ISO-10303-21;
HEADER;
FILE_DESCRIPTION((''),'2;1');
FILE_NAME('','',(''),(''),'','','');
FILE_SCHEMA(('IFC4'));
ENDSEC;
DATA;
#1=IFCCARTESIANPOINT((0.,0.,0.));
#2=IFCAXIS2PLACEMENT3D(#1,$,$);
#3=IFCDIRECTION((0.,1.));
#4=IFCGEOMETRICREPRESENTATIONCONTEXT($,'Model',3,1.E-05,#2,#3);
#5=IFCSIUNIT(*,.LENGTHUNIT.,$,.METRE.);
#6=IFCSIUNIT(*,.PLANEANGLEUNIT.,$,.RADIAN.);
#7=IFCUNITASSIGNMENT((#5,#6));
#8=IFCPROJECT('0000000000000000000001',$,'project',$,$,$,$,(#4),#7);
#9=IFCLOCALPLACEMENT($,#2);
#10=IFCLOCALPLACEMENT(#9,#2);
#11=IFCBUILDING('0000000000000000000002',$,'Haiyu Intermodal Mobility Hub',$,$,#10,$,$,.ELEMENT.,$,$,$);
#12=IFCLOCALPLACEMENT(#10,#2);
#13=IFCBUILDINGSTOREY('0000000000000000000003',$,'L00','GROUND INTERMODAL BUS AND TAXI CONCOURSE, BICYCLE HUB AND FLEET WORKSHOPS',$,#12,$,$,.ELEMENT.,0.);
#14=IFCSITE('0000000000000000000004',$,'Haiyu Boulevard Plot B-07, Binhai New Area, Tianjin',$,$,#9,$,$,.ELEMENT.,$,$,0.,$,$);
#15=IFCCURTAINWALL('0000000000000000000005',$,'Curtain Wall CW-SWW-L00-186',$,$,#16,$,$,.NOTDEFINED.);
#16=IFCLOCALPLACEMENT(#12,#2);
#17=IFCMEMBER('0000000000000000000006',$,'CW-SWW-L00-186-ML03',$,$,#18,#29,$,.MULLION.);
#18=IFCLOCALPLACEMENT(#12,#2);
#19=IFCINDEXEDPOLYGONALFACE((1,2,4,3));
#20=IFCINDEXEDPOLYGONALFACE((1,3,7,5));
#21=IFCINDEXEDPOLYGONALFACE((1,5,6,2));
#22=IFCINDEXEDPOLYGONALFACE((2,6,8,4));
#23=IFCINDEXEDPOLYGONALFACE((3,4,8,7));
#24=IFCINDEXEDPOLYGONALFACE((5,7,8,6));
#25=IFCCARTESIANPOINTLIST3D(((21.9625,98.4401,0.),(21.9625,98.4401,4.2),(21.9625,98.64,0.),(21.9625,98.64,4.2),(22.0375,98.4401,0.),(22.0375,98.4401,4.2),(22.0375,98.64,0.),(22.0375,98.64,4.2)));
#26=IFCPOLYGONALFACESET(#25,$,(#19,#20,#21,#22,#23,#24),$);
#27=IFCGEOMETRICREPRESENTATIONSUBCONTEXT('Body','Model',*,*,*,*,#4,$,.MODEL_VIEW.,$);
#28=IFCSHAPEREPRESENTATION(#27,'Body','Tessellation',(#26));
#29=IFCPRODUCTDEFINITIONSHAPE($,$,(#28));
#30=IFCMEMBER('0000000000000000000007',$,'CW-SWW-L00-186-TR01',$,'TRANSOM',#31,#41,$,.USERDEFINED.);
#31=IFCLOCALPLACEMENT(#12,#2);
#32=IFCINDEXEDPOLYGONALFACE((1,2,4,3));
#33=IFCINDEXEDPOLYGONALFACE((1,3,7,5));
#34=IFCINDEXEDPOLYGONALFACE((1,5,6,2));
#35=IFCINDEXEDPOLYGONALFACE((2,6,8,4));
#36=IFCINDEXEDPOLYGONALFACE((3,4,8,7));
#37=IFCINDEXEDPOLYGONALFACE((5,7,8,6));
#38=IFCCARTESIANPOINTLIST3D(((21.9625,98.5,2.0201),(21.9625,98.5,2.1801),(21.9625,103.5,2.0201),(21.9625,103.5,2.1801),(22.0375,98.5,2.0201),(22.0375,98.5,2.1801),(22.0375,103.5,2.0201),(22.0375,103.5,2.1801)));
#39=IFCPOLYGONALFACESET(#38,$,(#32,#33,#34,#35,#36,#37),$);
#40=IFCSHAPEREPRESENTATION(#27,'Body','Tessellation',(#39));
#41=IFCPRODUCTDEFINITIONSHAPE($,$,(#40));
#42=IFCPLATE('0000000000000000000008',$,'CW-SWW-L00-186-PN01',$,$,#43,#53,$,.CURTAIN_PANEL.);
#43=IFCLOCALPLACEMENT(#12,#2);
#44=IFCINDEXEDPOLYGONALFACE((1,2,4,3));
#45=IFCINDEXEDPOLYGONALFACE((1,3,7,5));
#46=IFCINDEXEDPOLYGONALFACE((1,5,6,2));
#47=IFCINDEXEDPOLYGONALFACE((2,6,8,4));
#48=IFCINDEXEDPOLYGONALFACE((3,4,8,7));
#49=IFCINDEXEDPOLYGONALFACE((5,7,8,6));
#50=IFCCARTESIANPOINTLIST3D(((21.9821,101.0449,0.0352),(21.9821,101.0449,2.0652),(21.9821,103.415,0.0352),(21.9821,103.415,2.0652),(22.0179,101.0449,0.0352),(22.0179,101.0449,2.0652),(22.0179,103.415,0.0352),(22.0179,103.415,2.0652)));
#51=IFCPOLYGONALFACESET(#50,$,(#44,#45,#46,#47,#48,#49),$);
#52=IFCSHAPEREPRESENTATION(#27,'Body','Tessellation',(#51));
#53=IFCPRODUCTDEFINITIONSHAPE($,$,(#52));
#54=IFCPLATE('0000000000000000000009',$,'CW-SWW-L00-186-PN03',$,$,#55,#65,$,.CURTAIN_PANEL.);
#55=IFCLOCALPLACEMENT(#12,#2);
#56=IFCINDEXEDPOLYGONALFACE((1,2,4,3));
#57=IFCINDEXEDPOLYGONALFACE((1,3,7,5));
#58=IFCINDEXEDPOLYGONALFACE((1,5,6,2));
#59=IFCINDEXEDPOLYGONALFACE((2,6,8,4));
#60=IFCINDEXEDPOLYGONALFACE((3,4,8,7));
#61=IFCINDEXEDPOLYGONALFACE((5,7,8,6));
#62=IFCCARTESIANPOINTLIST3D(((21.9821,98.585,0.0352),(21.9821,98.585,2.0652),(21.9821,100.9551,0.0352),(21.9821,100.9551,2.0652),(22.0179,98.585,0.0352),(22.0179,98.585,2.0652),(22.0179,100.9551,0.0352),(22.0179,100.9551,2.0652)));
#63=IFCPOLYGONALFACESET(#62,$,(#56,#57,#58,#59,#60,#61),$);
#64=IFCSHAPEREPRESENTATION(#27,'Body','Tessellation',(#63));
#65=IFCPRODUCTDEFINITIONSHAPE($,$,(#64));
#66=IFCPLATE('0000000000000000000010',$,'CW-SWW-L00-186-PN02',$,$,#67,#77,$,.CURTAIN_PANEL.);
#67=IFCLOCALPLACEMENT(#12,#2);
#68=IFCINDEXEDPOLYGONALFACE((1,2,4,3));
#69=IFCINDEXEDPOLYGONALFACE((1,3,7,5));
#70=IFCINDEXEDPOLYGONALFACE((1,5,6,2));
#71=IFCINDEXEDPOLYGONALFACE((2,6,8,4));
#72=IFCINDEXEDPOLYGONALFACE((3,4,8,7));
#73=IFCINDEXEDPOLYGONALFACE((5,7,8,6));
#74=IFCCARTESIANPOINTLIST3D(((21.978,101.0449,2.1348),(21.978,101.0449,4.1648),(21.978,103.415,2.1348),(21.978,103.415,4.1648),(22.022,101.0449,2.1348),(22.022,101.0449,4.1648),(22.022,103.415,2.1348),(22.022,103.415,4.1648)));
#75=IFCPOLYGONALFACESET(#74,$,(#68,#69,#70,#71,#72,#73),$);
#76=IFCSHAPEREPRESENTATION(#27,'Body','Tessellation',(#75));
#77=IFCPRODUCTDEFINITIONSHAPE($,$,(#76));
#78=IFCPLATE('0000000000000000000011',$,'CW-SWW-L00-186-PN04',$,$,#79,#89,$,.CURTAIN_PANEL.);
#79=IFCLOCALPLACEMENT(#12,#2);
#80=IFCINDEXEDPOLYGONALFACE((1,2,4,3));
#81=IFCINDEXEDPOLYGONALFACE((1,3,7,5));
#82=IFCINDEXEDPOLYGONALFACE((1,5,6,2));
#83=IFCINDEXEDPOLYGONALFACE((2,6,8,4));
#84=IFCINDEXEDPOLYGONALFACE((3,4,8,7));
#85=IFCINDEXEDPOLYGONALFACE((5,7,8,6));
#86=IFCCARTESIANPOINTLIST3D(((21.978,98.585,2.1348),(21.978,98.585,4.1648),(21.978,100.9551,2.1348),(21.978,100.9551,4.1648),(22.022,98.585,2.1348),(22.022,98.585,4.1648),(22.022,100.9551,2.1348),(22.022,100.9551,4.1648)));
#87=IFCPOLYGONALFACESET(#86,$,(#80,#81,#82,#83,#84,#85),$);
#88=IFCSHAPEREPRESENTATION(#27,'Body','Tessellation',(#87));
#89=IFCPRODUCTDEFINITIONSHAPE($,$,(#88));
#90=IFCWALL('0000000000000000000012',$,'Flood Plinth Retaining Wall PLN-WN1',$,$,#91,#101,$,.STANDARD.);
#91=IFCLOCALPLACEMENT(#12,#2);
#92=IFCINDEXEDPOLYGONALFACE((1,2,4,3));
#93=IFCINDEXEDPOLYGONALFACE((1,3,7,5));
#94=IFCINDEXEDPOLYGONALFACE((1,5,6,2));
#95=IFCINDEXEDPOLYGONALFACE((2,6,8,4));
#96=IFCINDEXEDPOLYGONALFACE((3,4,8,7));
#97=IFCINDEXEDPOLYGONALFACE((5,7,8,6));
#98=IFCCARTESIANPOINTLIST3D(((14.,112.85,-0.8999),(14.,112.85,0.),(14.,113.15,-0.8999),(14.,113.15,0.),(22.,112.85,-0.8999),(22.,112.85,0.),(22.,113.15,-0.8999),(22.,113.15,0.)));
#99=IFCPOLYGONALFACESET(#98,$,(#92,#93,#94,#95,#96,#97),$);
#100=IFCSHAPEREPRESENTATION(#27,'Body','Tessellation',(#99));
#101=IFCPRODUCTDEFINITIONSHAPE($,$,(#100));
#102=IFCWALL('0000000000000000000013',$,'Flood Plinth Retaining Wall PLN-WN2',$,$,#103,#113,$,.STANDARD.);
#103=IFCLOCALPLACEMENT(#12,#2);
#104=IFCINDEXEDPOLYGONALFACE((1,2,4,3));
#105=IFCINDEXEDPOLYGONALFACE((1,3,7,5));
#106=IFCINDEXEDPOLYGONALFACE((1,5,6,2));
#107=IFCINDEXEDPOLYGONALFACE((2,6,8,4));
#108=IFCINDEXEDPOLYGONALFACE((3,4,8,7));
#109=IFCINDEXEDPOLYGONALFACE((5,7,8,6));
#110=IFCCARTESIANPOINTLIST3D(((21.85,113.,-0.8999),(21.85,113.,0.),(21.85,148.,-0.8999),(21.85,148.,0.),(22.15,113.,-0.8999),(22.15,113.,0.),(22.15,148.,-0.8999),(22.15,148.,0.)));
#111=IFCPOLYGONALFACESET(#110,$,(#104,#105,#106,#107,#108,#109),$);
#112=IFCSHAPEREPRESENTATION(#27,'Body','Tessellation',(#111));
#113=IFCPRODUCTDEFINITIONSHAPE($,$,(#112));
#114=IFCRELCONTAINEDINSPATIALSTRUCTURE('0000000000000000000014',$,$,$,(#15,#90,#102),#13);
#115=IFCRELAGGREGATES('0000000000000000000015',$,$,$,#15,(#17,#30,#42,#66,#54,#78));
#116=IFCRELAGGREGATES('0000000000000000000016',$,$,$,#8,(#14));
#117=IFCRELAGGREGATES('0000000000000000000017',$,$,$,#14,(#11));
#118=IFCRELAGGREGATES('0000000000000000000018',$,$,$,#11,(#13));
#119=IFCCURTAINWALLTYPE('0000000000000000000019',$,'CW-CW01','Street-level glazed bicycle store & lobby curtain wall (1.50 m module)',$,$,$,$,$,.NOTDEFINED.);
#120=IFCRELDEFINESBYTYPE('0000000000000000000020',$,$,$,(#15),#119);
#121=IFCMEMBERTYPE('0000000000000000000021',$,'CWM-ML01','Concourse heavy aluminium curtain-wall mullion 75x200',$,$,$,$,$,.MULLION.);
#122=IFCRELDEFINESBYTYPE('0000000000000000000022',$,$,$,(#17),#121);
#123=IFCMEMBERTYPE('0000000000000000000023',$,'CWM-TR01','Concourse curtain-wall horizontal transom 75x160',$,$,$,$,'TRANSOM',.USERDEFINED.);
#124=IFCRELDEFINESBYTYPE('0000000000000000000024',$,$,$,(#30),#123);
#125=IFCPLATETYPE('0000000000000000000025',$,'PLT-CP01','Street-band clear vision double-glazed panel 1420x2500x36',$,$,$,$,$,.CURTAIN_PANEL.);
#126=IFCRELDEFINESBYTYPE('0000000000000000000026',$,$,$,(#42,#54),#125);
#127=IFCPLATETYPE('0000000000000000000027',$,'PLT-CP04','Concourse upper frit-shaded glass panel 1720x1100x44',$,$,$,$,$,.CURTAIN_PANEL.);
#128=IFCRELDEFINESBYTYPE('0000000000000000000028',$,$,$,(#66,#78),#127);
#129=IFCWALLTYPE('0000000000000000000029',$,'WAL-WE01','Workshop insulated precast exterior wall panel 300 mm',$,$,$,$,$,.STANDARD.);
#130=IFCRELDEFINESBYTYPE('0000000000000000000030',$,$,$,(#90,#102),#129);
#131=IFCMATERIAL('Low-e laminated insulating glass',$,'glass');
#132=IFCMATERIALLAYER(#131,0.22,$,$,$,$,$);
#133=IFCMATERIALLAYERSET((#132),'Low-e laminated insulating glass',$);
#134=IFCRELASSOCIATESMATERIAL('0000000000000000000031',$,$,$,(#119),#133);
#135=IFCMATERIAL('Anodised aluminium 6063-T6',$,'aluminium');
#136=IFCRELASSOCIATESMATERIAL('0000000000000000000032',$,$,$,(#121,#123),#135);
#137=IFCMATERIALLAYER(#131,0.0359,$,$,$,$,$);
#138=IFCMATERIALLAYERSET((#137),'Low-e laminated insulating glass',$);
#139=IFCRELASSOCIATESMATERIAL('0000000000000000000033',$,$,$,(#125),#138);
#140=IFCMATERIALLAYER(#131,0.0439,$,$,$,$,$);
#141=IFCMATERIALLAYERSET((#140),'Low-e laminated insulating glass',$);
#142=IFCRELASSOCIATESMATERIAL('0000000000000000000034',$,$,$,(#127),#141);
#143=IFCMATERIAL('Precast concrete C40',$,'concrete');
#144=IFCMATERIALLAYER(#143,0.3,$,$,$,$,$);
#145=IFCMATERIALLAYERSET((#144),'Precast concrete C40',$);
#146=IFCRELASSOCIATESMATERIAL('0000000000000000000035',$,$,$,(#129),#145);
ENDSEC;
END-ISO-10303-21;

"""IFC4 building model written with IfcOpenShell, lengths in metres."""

from ifc_helpers import new_model, si_unit, direction, frame, frame_2d, origin, origin_2d, place, context, subcontext, project, spatial, rectangle, extrude, material, layer, layer_set, material_profile, profile_set, type_object, element, aggregate, save


model = new_model("IFC4")

# Units and contexts
model_context = context("Model", 3, precision=1e-05, world=origin(), true_north=direction((0.0, 1.0)))
body_context = subcontext(model_context, "Body", "Model", "MODEL_VIEW")
ifc_project = project(units=[si_unit("LENGTHUNIT", "METRE"), si_unit("PLANEANGLEUNIT", "RADIAN")], contexts=[model_context])

# Site, building, storey
site_placement = place(None, origin())
site = spatial("IfcSite", under=ifc_project, at=site_placement, Name="Haiyu Boulevard Plot B-07, Binhai New Area, Tianjin", CompositionType="ELEMENT", RefElevation=0.0)
building_placement = place(site_placement, origin())
building = spatial("IfcBuilding", under=site, at=building_placement, Name="Haiyu Intermodal Mobility Hub", CompositionType="ELEMENT")
storey_placement = place(building_placement, origin())
storey = spatial("IfcBuildingStorey", under=building, at=storey_placement, Name="L00", Description="GROUND INTERMODAL BUS AND TAXI CONCOURSE, BICYCLE HUB AND FLEET WORKSHOPS", CompositionType="ELEMENT", Elevation=0.0)

# Shared definitions
ifc_material_1 = material(Name="Precast concrete C40", Category="concrete")

# Curtain wall, members, plates
ifc_material_2 = material(Name="Low-e laminated insulating glass", Category="glass")
ifc_layer_1 = layer(ifc_material_2, 0.22)
ifc_layer_set_1 = layer_set([ifc_layer_1], Name="Low-e laminated insulating glass")
curtain_wall_type = type_object("IfcCurtainWallType", Name="CW-CW01", Description="Street-level glazed bicycle store & lobby curtain wall (1.50 m module)", PredefinedType="NOTDEFINED", material=ifc_layer_set_1)
curtain_wall_placement = place(storey_placement, origin())
curtain_wall = element("IfcCurtainWall", 1, at=curtain_wall_placement, inside=storey, type_object=curtain_wall_type, Name="Curtain Wall CW-SWW-L00-186", PredefinedType="NOTDEFINED")
ifc_material_3 = material(Name="Anodised aluminium 6063-T6", Category="aluminium")
ifc_material_profile_1 = material_profile(ifc_material_3, rectangle(XDim=0.075, YDim=0.2, at=origin_2d()), Name="ALU75x200")
ifc_profile_set_1 = profile_set([ifc_material_profile_1], Name="Anodised aluminium 6063-T6")
member_type_1 = type_object("IfcMemberType", Name="CWM-ML01", Description="Concourse heavy aluminium curtain-wall mullion 75x200", PredefinedType="MULLION", material=ifc_profile_set_1)
member_1_placement = place(storey_placement, frame((22.0, 98.54, 0.0), z_axis=(0.0, 0.0, 1.0), x_axis=(1.0, 0.0, 0.0)))
member_1 = element("IfcMember", 2, at=member_1_placement, type_object=member_type_1, Name="CW-SWW-L00-186-ML03", PredefinedType="MULLION", context=body_context, shape_type="SweptSolid", body=[
    extrude(rectangle(XDim=0.075, YDim=0.2, at=origin_2d()), origin(), (0.0, 0.0, 1.0), 4.2),
])
ifc_material_profile_2 = material_profile(ifc_material_3, rectangle(XDim=0.075, YDim=0.1599, at=origin_2d()), Name="ALU75x160")
ifc_profile_set_2 = profile_set([ifc_material_profile_2], Name="Anodised aluminium 6063-T6")
member_type_2 = type_object("IfcMemberType", Name="CWM-TR01", Description="Concourse curtain-wall horizontal transom 75x160", ElementType="TRANSOM", PredefinedType="USERDEFINED", material=ifc_profile_set_2)
member_2_placement = place(storey_placement, frame((22.0, 103.5, 2.1001), z_axis=(0.0, -1.0, 0.0), x_axis=(1.0, 0.0, 0.0)))
member_2 = element("IfcMember", 3, at=member_2_placement, type_object=member_type_2, Name="CW-SWW-L00-186-TR01", ObjectType="TRANSOM", PredefinedType="USERDEFINED", context=body_context, shape_type="SweptSolid", body=[
    extrude(rectangle(XDim=0.075, YDim=0.1599, at=origin_2d()), origin(), (0.0, 0.0, 1.0), 5.0),
])
ifc_layer_2 = layer(ifc_material_2, 0.0359)
ifc_layer_set_2 = layer_set([ifc_layer_2], Name="Low-e laminated insulating glass")
plate_type_1 = type_object("IfcPlateType", Name="PLT-CP01", Description="Street-band clear vision double-glazed panel 1420x2500x36", PredefinedType="CURTAIN_PANEL", material=ifc_layer_set_2)
plate_1_placement = place(storey_placement, frame((22.0, 102.23, 0.0352), z_axis=(0.0, 0.0, 1.0), x_axis=(0.0, -1.0, 0.0)))
plate_1 = element("IfcPlate", 4, at=plate_1_placement, type_object=plate_type_1, Name="CW-SWW-L00-186-PN01", PredefinedType="CURTAIN_PANEL", context=body_context, shape_type="SweptSolid", body=[
    extrude(rectangle(XDim=2.3701, YDim=0.0359, at=origin_2d()), origin(), (0.0, 0.0, 1.0), 2.03),
])
plate_2_placement = place(storey_placement, frame((22.0, 99.77, 0.0352), z_axis=(0.0, 0.0, 1.0), x_axis=(0.0, -1.0, 0.0)))
plate_2 = element("IfcPlate", 5, at=plate_2_placement, type_object=plate_type_1, Name="CW-SWW-L00-186-PN03", PredefinedType="CURTAIN_PANEL", context=body_context, shape_type="SweptSolid", body=[
    extrude(rectangle(XDim=2.3701, YDim=0.0359, at=origin_2d()), origin(), (0.0, 0.0, 1.0), 2.03),
])
ifc_layer_3 = layer(ifc_material_2, 0.0439)
ifc_layer_set_3 = layer_set([ifc_layer_3], Name="Low-e laminated insulating glass")
plate_type_2 = type_object("IfcPlateType", Name="PLT-CP04", Description="Concourse upper frit-shaded glass panel 1720x1100x44", PredefinedType="CURTAIN_PANEL", material=ifc_layer_set_3)
plate_3_placement = place(storey_placement, frame((22.0, 102.23, 2.1348), z_axis=(0.0, 0.0, 1.0), x_axis=(0.0, -1.0, 0.0)))
plate_3 = element("IfcPlate", 6, at=plate_3_placement, type_object=plate_type_2, Name="CW-SWW-L00-186-PN02", PredefinedType="CURTAIN_PANEL", context=body_context, shape_type="SweptSolid", body=[
    extrude(rectangle(XDim=2.3701, YDim=0.0439, at=origin_2d()), origin(), (0.0, 0.0, 1.0), 2.03),
])
plate_4_placement = place(storey_placement, frame((22.0, 99.77, 2.1348), z_axis=(0.0, 0.0, 1.0), x_axis=(0.0, -1.0, 0.0)))
plate_4 = element("IfcPlate", 7, at=plate_4_placement, type_object=plate_type_2, Name="CW-SWW-L00-186-PN04", PredefinedType="CURTAIN_PANEL", context=body_context, shape_type="SweptSolid", body=[
    extrude(rectangle(XDim=2.3701, YDim=0.0439, at=origin_2d()), origin(), (0.0, 0.0, 1.0), 2.03),
])
aggregate(curtain_wall, [member_1, member_2, plate_1, plate_3, plate_2, plate_4])

# Walls
ifc_layer_4 = layer(ifc_material_1, 0.3)
ifc_layer_set_4 = layer_set([ifc_layer_4], Name="Precast concrete C40")
wall_type = type_object("IfcWallType", Name="WAL-WE01", Description="Workshop insulated precast exterior wall panel 300 mm", PredefinedType="STANDARD", material=ifc_layer_set_4)
wall_1_placement = place(storey_placement, frame((14.0, 113.0, -0.8999), z_axis=(0.0, 0.0, 1.0), x_axis=(1.0, 0.0, 0.0)))
element("IfcWall", 8, at=wall_1_placement, inside=storey, type_object=wall_type, Name="Flood Plinth Retaining Wall PLN-WN1", PredefinedType="STANDARD", context=body_context, shape_type="SweptSolid", body=[
    extrude(rectangle(XDim=8.0, YDim=0.3, at=frame_2d((4.0, 0.0))), origin(), (0.0, 0.0, 1.0), 0.8999),
])
wall_2_placement = place(storey_placement, frame((22.0, 113.0, -0.8999), z_axis=(0.0, 0.0, 1.0), x_axis=(0.0, 1.0, 0.0)))
element("IfcWall", 9, at=wall_2_placement, inside=storey, type_object=wall_type, Name="Flood Plinth Retaining Wall PLN-WN2", PredefinedType="STANDARD", context=body_context, shape_type="SweptSolid", body=[
    extrude(rectangle(XDim=35.0, YDim=0.3, at=frame_2d((17.5, 0.0))), origin(), (0.0, 0.0, 1.0), 0.8999),
])

save(model, "model.ifc")
